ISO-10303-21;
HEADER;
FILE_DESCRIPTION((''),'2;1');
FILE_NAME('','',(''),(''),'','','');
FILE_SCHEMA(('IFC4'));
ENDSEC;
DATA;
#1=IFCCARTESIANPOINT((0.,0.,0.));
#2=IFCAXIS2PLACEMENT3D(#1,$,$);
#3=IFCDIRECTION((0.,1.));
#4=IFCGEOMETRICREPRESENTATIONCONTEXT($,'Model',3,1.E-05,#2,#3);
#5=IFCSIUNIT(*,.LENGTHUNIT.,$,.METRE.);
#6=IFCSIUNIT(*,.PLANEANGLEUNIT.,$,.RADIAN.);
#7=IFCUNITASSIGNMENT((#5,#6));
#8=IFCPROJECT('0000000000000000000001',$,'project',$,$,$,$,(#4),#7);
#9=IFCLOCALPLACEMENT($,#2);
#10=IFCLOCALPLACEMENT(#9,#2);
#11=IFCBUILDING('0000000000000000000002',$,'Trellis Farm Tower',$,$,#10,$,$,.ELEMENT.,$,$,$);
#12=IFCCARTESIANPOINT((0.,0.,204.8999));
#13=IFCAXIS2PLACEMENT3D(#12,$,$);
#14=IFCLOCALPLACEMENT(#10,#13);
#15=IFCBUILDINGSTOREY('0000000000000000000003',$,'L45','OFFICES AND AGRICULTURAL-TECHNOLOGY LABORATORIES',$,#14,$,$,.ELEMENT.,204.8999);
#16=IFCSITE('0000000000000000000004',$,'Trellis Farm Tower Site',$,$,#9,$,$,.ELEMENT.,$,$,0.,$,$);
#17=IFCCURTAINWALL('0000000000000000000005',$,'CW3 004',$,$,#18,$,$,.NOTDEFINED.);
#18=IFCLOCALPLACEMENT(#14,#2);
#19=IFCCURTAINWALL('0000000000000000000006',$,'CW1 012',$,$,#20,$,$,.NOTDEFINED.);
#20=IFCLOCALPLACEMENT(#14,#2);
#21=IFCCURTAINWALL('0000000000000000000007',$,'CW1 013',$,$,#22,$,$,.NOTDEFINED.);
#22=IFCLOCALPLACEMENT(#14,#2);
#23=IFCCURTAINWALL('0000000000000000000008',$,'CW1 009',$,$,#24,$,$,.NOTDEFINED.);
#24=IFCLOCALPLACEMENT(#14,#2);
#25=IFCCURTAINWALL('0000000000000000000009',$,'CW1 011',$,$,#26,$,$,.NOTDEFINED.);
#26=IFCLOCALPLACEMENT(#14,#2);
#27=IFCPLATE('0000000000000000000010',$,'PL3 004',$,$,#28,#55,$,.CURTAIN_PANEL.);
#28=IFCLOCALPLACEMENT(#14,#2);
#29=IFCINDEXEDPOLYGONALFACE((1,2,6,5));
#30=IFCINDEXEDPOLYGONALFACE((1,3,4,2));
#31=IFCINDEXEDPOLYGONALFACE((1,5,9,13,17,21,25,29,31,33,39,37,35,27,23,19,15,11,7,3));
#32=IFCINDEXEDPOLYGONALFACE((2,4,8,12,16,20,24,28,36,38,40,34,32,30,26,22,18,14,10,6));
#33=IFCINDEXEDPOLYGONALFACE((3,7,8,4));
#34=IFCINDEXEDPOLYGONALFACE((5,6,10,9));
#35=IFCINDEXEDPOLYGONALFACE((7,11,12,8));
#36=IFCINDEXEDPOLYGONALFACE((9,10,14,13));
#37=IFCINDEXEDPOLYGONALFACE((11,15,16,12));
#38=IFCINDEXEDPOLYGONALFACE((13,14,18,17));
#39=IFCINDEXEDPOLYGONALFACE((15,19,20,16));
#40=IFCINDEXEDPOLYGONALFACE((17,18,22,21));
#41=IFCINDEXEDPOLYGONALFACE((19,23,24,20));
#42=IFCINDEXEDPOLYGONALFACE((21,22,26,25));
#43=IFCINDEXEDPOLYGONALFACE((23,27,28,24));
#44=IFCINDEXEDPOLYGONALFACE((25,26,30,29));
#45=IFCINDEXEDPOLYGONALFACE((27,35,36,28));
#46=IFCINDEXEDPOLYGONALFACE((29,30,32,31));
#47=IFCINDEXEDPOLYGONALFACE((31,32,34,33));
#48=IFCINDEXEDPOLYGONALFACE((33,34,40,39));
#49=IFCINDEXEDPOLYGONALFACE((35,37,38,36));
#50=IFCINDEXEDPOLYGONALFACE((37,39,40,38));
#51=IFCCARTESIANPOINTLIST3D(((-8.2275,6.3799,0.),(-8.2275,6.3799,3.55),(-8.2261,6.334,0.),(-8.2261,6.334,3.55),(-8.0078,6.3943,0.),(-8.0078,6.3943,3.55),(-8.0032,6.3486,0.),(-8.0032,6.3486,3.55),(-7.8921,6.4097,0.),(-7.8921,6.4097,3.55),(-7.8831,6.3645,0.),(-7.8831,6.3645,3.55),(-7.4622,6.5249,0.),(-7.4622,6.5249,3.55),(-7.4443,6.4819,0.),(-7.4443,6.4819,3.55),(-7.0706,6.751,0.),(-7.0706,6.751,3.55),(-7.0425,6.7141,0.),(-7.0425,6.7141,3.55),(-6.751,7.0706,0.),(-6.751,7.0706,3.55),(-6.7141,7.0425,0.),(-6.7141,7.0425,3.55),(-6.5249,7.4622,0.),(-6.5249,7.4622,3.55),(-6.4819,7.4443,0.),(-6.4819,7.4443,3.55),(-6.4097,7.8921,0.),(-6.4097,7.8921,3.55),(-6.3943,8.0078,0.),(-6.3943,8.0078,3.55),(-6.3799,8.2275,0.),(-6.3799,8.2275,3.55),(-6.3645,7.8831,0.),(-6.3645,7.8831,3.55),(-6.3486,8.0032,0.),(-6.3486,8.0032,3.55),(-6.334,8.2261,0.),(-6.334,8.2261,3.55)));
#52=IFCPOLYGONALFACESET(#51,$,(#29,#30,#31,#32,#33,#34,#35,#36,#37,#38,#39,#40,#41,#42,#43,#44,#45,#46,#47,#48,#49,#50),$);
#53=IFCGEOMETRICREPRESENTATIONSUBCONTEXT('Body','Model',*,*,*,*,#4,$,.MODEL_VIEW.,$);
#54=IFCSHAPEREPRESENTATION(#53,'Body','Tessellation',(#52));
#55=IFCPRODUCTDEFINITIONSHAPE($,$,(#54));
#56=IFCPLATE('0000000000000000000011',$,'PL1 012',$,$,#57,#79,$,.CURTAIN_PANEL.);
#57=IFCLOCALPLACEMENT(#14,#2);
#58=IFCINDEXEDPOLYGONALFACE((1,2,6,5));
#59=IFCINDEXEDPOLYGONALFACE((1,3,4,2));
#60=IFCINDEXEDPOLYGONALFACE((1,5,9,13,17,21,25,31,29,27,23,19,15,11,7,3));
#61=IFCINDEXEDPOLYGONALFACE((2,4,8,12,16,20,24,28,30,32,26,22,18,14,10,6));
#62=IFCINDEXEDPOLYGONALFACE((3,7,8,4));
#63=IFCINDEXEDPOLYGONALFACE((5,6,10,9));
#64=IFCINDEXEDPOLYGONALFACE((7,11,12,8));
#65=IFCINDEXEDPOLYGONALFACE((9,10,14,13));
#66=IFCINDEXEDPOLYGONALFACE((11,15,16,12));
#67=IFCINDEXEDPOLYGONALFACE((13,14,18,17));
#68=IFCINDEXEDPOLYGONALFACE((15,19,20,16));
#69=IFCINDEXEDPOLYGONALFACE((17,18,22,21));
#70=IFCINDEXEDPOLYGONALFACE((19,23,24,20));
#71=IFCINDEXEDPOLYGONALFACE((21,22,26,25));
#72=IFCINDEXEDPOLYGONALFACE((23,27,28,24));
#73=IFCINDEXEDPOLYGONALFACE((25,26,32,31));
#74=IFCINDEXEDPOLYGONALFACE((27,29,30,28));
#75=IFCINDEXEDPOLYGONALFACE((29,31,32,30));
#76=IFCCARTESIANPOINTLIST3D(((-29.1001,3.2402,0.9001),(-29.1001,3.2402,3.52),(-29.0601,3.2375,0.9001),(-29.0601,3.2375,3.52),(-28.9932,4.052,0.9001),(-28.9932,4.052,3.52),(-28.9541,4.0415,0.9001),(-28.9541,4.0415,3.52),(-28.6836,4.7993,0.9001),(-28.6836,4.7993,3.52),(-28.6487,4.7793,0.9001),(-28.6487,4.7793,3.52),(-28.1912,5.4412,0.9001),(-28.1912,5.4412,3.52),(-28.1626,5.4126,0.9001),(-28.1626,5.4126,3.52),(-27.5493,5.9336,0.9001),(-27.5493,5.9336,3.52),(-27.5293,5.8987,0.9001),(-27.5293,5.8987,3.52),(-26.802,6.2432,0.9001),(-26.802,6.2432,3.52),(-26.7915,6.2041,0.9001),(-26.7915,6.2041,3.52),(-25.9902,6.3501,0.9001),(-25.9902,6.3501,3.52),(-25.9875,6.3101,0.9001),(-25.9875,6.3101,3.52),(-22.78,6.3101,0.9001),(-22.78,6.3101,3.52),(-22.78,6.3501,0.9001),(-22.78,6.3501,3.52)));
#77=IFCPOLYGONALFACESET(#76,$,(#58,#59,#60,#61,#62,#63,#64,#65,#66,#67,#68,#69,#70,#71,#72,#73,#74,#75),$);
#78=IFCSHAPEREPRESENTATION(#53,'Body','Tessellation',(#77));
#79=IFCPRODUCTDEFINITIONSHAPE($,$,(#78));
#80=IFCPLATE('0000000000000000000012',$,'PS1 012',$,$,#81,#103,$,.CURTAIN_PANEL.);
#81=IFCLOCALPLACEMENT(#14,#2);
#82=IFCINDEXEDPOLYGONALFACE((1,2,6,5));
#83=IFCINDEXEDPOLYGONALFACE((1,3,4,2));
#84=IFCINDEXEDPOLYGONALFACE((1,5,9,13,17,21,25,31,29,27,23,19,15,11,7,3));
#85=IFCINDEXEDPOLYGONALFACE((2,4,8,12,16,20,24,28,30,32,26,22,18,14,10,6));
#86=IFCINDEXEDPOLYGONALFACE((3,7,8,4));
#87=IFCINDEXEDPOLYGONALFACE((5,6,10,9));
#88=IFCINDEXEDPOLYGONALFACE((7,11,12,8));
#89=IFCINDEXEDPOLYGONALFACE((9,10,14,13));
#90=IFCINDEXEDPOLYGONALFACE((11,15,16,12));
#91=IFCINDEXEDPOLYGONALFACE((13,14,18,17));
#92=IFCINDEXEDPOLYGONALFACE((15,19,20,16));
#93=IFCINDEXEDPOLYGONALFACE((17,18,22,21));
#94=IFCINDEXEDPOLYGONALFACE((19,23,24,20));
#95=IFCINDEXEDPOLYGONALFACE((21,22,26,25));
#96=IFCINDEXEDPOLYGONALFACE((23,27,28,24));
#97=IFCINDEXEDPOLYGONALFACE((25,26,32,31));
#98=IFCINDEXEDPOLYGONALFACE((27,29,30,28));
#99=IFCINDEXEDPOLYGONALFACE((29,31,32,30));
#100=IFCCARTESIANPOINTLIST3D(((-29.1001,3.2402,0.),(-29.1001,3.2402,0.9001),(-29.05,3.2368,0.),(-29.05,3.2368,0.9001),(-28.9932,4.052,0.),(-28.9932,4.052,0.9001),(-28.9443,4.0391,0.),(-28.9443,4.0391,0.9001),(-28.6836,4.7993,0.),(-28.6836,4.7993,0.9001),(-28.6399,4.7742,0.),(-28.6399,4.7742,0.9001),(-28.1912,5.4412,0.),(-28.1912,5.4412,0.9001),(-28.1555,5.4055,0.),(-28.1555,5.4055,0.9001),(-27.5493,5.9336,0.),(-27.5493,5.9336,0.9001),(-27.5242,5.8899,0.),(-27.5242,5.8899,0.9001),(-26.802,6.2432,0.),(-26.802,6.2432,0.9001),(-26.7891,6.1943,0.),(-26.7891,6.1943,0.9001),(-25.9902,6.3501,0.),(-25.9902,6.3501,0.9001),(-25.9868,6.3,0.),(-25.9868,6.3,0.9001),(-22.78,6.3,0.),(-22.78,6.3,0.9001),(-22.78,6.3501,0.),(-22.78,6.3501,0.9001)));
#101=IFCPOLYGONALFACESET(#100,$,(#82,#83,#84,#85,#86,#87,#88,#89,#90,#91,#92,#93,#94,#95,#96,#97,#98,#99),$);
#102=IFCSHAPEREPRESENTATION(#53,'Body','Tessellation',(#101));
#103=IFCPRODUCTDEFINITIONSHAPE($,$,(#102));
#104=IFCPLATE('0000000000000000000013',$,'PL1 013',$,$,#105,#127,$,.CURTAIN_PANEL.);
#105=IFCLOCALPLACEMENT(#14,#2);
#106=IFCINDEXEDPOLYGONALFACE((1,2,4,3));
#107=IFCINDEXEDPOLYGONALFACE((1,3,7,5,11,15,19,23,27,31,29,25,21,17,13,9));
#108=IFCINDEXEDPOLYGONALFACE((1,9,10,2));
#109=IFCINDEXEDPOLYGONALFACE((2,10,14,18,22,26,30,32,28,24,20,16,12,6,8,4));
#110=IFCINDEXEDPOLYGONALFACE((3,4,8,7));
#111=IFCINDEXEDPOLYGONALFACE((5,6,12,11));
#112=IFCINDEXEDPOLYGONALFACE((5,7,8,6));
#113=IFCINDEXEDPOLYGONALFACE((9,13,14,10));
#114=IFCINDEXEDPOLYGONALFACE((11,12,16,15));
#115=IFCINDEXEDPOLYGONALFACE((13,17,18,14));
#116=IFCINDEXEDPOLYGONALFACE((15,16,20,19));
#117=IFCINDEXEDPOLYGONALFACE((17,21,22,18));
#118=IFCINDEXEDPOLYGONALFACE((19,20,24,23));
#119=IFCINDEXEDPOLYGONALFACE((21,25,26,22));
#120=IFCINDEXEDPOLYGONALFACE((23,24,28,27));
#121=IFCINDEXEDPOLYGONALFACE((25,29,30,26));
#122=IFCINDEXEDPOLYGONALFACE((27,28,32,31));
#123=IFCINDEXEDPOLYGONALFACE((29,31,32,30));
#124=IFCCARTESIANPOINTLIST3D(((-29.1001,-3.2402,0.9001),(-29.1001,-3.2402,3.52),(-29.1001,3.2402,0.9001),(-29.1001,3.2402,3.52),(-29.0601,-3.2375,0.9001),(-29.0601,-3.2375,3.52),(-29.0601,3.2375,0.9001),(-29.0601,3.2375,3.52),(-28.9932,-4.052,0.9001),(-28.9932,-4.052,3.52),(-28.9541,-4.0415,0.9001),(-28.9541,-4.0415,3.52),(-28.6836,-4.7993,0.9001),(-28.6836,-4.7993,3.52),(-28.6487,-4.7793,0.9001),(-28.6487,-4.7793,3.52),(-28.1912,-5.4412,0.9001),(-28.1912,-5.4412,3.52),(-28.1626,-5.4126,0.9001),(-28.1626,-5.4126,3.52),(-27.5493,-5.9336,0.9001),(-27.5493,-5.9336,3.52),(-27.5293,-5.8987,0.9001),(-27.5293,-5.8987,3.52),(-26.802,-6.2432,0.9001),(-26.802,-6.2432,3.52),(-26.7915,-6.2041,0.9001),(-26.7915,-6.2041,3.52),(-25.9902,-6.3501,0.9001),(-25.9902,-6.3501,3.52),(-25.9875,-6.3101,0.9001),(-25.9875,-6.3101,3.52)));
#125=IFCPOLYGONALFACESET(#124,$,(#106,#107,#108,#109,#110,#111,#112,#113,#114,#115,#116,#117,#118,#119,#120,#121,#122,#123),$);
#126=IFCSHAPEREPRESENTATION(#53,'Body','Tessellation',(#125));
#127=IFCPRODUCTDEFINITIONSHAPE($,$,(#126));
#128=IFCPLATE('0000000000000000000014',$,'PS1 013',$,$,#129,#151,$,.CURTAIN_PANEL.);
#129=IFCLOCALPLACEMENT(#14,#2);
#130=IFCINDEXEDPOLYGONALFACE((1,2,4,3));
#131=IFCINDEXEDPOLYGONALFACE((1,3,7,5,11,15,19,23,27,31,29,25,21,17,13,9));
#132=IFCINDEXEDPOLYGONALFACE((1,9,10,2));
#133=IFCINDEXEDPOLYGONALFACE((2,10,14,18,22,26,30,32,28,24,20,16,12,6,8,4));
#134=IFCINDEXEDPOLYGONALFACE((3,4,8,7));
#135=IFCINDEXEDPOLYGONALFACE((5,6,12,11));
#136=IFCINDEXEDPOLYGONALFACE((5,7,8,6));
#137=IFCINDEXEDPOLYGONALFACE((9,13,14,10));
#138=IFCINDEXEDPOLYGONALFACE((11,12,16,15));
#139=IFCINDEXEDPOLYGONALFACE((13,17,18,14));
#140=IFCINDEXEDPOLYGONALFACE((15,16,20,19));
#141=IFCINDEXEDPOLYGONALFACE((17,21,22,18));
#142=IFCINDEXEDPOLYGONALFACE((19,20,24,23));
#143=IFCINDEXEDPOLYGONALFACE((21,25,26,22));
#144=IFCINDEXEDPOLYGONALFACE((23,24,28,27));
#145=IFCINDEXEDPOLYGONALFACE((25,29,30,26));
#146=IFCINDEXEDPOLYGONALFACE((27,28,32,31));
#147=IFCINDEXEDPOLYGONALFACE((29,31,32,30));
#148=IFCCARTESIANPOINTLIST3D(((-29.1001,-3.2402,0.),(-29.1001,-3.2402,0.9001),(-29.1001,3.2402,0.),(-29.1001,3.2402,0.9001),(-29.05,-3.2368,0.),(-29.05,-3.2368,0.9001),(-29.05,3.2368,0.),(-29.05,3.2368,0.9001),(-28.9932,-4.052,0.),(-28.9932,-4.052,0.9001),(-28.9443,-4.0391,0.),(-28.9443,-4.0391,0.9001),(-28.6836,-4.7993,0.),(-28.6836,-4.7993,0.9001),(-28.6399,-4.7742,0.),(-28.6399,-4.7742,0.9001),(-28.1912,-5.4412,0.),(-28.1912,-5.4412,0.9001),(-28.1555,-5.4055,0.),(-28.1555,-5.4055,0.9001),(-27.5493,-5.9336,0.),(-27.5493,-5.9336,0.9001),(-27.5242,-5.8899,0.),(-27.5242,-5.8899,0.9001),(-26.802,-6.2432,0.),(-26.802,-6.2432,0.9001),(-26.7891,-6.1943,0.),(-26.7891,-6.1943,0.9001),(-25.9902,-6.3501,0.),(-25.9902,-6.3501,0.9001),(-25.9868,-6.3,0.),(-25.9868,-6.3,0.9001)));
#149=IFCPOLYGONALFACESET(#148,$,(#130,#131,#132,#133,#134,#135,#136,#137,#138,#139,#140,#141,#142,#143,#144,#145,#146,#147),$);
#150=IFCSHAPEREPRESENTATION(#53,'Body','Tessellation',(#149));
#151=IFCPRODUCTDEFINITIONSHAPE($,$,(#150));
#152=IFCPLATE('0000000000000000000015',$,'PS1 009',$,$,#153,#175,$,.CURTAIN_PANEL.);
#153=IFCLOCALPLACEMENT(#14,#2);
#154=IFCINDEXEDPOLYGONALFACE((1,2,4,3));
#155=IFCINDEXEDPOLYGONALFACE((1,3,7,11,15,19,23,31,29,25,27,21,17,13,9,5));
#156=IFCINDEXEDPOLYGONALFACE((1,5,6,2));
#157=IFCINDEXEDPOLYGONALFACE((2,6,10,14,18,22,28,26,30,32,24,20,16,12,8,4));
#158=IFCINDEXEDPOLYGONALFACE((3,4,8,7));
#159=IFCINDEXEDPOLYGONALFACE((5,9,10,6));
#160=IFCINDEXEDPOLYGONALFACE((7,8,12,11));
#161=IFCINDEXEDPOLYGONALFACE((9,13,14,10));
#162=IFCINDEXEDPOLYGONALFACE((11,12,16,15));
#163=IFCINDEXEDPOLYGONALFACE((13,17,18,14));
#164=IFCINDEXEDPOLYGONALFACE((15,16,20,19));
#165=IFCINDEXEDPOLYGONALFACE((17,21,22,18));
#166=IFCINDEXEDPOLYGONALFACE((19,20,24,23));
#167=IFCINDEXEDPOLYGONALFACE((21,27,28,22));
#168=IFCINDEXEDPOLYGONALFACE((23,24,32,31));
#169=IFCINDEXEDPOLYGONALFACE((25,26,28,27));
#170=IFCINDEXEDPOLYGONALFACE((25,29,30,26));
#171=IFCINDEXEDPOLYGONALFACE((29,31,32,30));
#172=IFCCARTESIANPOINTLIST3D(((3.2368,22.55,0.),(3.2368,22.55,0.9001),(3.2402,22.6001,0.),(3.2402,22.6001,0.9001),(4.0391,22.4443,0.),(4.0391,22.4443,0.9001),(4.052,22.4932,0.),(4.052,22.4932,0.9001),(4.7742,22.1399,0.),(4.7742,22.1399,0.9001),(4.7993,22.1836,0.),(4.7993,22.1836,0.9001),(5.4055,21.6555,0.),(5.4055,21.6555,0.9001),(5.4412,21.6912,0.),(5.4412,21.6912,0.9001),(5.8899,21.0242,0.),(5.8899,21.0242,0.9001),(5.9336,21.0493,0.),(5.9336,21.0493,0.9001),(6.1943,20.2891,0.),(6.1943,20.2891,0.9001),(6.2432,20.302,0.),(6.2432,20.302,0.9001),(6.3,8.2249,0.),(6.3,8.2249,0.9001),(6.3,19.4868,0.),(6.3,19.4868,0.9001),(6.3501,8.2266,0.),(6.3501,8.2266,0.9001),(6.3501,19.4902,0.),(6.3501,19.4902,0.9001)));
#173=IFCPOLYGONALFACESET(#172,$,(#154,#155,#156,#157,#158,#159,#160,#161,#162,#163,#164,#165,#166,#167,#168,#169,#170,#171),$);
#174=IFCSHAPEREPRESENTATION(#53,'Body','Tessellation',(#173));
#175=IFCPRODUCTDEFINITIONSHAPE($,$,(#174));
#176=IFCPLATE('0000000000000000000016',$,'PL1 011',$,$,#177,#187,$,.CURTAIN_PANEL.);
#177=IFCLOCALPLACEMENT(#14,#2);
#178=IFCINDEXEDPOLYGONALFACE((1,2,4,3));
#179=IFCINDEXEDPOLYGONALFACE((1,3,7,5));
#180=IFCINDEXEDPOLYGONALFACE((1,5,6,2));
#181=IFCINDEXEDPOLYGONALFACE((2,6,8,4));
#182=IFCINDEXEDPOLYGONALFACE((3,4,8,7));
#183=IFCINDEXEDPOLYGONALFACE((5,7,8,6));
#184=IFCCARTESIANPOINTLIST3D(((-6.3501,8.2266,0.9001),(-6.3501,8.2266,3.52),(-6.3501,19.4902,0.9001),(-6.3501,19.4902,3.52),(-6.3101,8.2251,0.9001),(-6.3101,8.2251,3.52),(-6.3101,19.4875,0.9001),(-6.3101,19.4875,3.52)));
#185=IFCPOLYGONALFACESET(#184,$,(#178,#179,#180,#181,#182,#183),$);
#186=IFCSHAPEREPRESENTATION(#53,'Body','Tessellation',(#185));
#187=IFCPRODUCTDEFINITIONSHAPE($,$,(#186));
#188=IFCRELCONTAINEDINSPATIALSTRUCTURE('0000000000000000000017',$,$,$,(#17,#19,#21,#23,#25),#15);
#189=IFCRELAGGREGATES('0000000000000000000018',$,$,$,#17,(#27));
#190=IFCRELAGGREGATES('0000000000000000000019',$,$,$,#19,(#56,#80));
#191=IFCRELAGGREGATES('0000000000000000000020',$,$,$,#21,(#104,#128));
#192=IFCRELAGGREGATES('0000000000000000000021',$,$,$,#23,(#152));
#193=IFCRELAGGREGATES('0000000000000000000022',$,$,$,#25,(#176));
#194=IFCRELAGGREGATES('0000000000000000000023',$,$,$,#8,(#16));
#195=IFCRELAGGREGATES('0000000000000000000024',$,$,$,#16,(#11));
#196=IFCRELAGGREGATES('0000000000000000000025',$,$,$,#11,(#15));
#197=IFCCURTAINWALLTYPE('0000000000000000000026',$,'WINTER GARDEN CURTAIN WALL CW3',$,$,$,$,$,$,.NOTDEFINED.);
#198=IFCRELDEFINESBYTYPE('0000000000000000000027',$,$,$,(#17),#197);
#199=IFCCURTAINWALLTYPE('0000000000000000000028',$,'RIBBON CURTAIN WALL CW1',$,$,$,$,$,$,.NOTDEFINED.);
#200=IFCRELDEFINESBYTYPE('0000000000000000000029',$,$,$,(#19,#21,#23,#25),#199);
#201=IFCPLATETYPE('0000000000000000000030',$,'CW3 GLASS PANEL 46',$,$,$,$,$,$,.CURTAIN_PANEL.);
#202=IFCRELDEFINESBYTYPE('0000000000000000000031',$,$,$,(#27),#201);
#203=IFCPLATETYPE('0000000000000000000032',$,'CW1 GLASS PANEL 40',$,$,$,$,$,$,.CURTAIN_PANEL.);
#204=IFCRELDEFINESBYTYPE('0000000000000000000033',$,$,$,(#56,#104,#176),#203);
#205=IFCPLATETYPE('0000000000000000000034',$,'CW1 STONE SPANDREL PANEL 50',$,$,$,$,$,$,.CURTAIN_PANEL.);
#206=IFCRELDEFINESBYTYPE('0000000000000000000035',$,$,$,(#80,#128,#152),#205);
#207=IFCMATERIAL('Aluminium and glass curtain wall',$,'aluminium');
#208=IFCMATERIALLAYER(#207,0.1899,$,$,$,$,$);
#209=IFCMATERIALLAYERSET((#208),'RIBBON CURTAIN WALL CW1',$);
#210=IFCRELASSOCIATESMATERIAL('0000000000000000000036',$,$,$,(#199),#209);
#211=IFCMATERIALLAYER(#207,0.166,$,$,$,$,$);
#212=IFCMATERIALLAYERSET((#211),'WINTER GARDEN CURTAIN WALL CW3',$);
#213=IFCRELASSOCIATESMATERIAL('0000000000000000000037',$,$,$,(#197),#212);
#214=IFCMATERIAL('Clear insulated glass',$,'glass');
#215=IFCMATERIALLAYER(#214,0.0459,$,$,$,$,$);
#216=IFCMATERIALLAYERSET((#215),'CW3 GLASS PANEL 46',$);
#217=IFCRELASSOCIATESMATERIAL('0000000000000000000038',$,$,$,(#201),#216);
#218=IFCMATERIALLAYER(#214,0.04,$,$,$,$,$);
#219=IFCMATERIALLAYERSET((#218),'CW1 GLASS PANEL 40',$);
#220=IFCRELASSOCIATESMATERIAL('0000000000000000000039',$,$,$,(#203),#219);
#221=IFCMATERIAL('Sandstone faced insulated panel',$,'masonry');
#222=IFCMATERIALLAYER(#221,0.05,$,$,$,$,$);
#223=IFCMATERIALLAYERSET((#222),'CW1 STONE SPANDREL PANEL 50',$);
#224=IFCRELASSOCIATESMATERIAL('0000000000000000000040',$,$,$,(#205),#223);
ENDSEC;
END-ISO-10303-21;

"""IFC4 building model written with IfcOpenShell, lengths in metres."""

from ifc_helpers import new_model, si_unit, direction, frame, origin, place, context, subcontext, project, spatial, polyline, outline, extrude, source, transform, mapped, material, layer, layer_set, type_object, element, aggregate, save


model = new_model("IFC4")

# Units and contexts
model_context = context("Model", 3, precision=1e-05, world=origin(), true_north=direction((0.0, 1.0)))
body_context = subcontext(model_context, "Body", "Model", "MODEL_VIEW")
ifc_project = project(units=[si_unit("LENGTHUNIT", "METRE"), si_unit("PLANEANGLEUNIT", "RADIAN")], contexts=[model_context])

# Site, building, storey
site_placement = place(None, origin())
site = spatial("IfcSite", under=ifc_project, at=site_placement, Name="Trellis Farm Tower Site", CompositionType="ELEMENT", RefElevation=0.0)
building_placement = place(site_placement, origin())
building = spatial("IfcBuilding", under=site, at=building_placement, Name="Trellis Farm Tower", CompositionType="ELEMENT")
storey_placement = place(building_placement, frame((0.0, 0.0, 204.8999)))
storey = spatial("IfcBuildingStorey", under=building, at=storey_placement, Name="L45", Description="OFFICES AND AGRICULTURAL-TECHNOLOGY LABORATORIES", CompositionType="ELEMENT", Elevation=204.8999)

# Curtain walls
ifc_material_1 = material(Name="Aluminium and glass curtain wall", Category="aluminium")
ifc_layer_1 = layer(ifc_material_1, 0.1899)
ifc_layer_set_1 = layer_set([ifc_layer_1], Name="RIBBON CURTAIN WALL CW1")
curtain_wall_type_1 = type_object("IfcCurtainWallType", Name="RIBBON CURTAIN WALL CW1", PredefinedType="NOTDEFINED", material=ifc_layer_set_1)
placement_1 = place(storey_placement, origin())
ifc_layer_2 = layer(ifc_material_1, 0.166)
ifc_layer_set_2 = layer_set([ifc_layer_2], Name="WINTER GARDEN CURTAIN WALL CW3")
curtain_wall_type_2 = type_object("IfcCurtainWallType", Name="WINTER GARDEN CURTAIN WALL CW3", PredefinedType="NOTDEFINED", material=ifc_layer_set_2)
curtain_wall_1 = element("IfcCurtainWall", 1, at=placement_1, inside=storey, type_object=curtain_wall_type_2, Name="CW3 004", PredefinedType="NOTDEFINED")
curtain_wall_2 = element("IfcCurtainWall", 2, at=placement_1, inside=storey, type_object=curtain_wall_type_1, Name="CW1 012", PredefinedType="NOTDEFINED")
curtain_wall_3 = element("IfcCurtainWall", 3, at=placement_1, inside=storey, type_object=curtain_wall_type_1, Name="CW1 013", PredefinedType="NOTDEFINED")
curtain_wall_4 = element("IfcCurtainWall", 4, at=placement_1, inside=storey, type_object=curtain_wall_type_1, Name="CW1 009", PredefinedType="NOTDEFINED")
curtain_wall_5 = element("IfcCurtainWall", 5, at=placement_1, inside=storey, type_object=curtain_wall_type_1, Name="CW1 011", PredefinedType="NOTDEFINED")

# Plates
ifc_material_2 = material(Name="Clear insulated glass", Category="glass")
ifc_layer_3 = layer(ifc_material_2, 0.0459)
ifc_layer_set_3 = layer_set([ifc_layer_3], Name="CW3 GLASS PANEL 46")
plate_type_1 = type_object("IfcPlateType", Name="CW3 GLASS PANEL 46", PredefinedType="CURTAIN_PANEL", material=ifc_layer_set_3)
shared_shape_1 = source(origin(), body_context, "Body", "SweptSolid", [
    extrude(outline(polyline([(-6.3799, 8.2275), (-6.3943, 8.0078), (-6.4097, 7.8921), (-6.5249, 7.4622), (-6.751, 7.0706), (-7.0706, 6.751), (-7.4622, 6.5249), (-7.8921, 6.4097), (-8.0078, 6.3943), (-8.2275, 6.3799), (-8.2261, 6.334), (-8.0032, 6.3486), (-7.8831, 6.3645), (-7.4443, 6.4819), (-7.0425, 6.7141), (-6.7141, 7.0425), (-6.4819, 7.4443), (-6.3645, 7.8831), (-6.3486, 8.0032), (-6.334, 8.2261), (-6.3799, 8.2275)])), origin(), (0.0, 0.0, 1.0), 3.55),
])
plate_1 = element("IfcPlate", 6, at=placement_1, type_object=plate_type_1, Name="PL3 004", PredefinedType="CURTAIN_PANEL", context=body_context, shape_type="MappedRepresentation", body=[
    mapped(shared_shape_1, transform((0.0, 0.0, 0.0))),
])
aggregate(curtain_wall_1, [plate_1])
ifc_layer_4 = layer(ifc_material_2, 0.04)
ifc_layer_set_4 = layer_set([ifc_layer_4], Name="CW1 GLASS PANEL 40")
plate_type_2 = type_object("IfcPlateType", Name="CW1 GLASS PANEL 40", PredefinedType="CURTAIN_PANEL", material=ifc_layer_set_4)
shared_shape_2 = source(origin(), body_context, "Body", "SweptSolid", [
    extrude(outline(polyline([(-22.78, 6.3501), (-25.9902, 6.3501), (-26.802, 6.2432), (-27.5493, 5.9336), (-28.1912, 5.4412), (-28.6836, 4.7993), (-28.9932, 4.052), (-29.1001, 3.2402), (-29.0601, 3.2375), (-28.9541, 4.0415), (-28.6487, 4.7793), (-28.1626, 5.4126), (-27.5293, 5.8987), (-26.7915, 6.2041), (-25.9875, 6.3101), (-22.78, 6.3101), (-22.78, 6.3501)])), origin(), (0.0, 0.0, 1.0), 2.6199),
])
placement_2 = place(storey_placement, frame((0.0, 0.0, 0.9001)))
plate_2 = element("IfcPlate", 7, at=placement_2, type_object=plate_type_2, Name="PL1 012", PredefinedType="CURTAIN_PANEL", context=body_context, shape_type="MappedRepresentation", body=[
    mapped(shared_shape_2, transform((0.0, 0.0, 0.0))),
])
ifc_material_3 = material(Name="Sandstone faced insulated panel", Category="masonry")
ifc_layer_5 = layer(ifc_material_3, 0.05)
ifc_layer_set_5 = layer_set([ifc_layer_5], Name="CW1 STONE SPANDREL PANEL 50")
plate_type_3 = type_object("IfcPlateType", Name="CW1 STONE SPANDREL PANEL 50", PredefinedType="CURTAIN_PANEL", material=ifc_layer_set_5)
shared_shape_3 = source(origin(), body_context, "Body", "SweptSolid", [
    extrude(outline(polyline([(-22.78, 6.3501), (-25.9902, 6.3501), (-26.802, 6.2432), (-27.5493, 5.9336), (-28.1912, 5.4412), (-28.6836, 4.7993), (-28.9932, 4.052), (-29.1001, 3.2402), (-29.05, 3.2368), (-28.9443, 4.0391), (-28.6399, 4.7742), (-28.1555, 5.4055), (-27.5242, 5.8899), (-26.7891, 6.1943), (-25.9868, 6.3), (-22.78, 6.3), (-22.78, 6.3501)])), origin(), (0.0, 0.0, 1.0), 0.9001),
])
plate_3 = element("IfcPlate", 8, at=placement_1, type_object=plate_type_3, Name="PS1 012", PredefinedType="CURTAIN_PANEL", context=body_context, shape_type="MappedRepresentation", body=[
    mapped(shared_shape_3, transform((0.0, 0.0, 0.0))),
])
aggregate(curtain_wall_2, [plate_2, plate_3])
shared_shape_4 = source(origin(), body_context, "Body", "SweptSolid", [
    extrude(outline(polyline([(-29.1001, 3.2402), (-29.1001, -3.2402), (-28.9932, -4.052), (-28.6836, -4.7993), (-28.1912, -5.4412), (-27.5493, -5.9336), (-26.802, -6.2432), (-25.9902, -6.3501), (-25.9875, -6.3101), (-26.7915, -6.2041), (-27.5293, -5.8987), (-28.1626, -5.4126), (-28.6487, -4.7793), (-28.9541, -4.0415), (-29.0601, -3.2375), (-29.0601, 3.2375), (-29.1001, 3.2402)])), origin(), (0.0, 0.0, 1.0), 2.6199),
])
plate_4 = element("IfcPlate", 9, at=placement_2, type_object=plate_type_2, Name="PL1 013", PredefinedType="CURTAIN_PANEL", context=body_context, shape_type="MappedRepresentation", body=[
    mapped(shared_shape_4, transform((0.0, 0.0, 0.0))),
])
shared_shape_5 = source(origin(), body_context, "Body", "SweptSolid", [
    extrude(outline(polyline([(-29.1001, 3.2402), (-29.1001, -3.2402), (-28.9932, -4.052), (-28.6836, -4.7993), (-28.1912, -5.4412), (-27.5493, -5.9336), (-26.802, -6.2432), (-25.9902, -6.3501), (-25.9868, -6.3), (-26.7891, -6.1943), (-27.5242, -5.8899), (-28.1555, -5.4055), (-28.6399, -4.7742), (-28.9443, -4.0391), (-29.05, -3.2368), (-29.05, 3.2368), (-29.1001, 3.2402)])), origin(), (0.0, 0.0, 1.0), 0.9001),
])
plate_5 = element("IfcPlate", 10, at=placement_1, type_object=plate_type_3, Name="PS1 013", PredefinedType="CURTAIN_PANEL", context=body_context, shape_type="MappedRepresentation", body=[
    mapped(shared_shape_5, transform((0.0, 0.0, 0.0))),
])
aggregate(curtain_wall_3, [plate_4, plate_5])
shared_shape_6 = source(origin(), body_context, "Body", "SweptSolid", [
    extrude(outline(polyline([(6.3501, 8.2266), (6.3501, 19.4902), (6.2432, 20.302), (5.9336, 21.0493), (5.4412, 21.6912), (4.7993, 22.1836), (4.052, 22.4932), (3.2402, 22.6001), (3.2368, 22.55), (4.0391, 22.4443), (4.7742, 22.1399), (5.4055, 21.6555), (5.8899, 21.0242), (6.1943, 20.2891), (6.3, 19.4868), (6.3, 8.2249), (6.3501, 8.2266)])), origin(), (0.0, 0.0, 1.0), 0.9001),
])
plate_6 = element("IfcPlate", 11, at=placement_1, type_object=plate_type_3, Name="PS1 009", PredefinedType="CURTAIN_PANEL", context=body_context, shape_type="MappedRepresentation", body=[
    mapped(shared_shape_6, transform((0.0, 0.0, 0.0))),
])
aggregate(curtain_wall_4, [plate_6])
shared_shape_7 = source(origin(), body_context, "Body", "SweptSolid", [
    extrude(outline(polyline([(-6.3501, 19.4902), (-6.3501, 8.2266), (-6.3101, 8.2251), (-6.3101, 19.4875), (-6.3501, 19.4902)])), origin(), (0.0, 0.0, 1.0), 2.6199),
])
plate_7 = element("IfcPlate", 12, at=placement_2, type_object=plate_type_2, Name="PL1 011", PredefinedType="CURTAIN_PANEL", context=body_context, shape_type="MappedRepresentation", body=[
    mapped(shared_shape_7, transform((0.0, 0.0, 0.0))),
])
aggregate(curtain_wall_5, [plate_7])

save(model, "model.ifc")
